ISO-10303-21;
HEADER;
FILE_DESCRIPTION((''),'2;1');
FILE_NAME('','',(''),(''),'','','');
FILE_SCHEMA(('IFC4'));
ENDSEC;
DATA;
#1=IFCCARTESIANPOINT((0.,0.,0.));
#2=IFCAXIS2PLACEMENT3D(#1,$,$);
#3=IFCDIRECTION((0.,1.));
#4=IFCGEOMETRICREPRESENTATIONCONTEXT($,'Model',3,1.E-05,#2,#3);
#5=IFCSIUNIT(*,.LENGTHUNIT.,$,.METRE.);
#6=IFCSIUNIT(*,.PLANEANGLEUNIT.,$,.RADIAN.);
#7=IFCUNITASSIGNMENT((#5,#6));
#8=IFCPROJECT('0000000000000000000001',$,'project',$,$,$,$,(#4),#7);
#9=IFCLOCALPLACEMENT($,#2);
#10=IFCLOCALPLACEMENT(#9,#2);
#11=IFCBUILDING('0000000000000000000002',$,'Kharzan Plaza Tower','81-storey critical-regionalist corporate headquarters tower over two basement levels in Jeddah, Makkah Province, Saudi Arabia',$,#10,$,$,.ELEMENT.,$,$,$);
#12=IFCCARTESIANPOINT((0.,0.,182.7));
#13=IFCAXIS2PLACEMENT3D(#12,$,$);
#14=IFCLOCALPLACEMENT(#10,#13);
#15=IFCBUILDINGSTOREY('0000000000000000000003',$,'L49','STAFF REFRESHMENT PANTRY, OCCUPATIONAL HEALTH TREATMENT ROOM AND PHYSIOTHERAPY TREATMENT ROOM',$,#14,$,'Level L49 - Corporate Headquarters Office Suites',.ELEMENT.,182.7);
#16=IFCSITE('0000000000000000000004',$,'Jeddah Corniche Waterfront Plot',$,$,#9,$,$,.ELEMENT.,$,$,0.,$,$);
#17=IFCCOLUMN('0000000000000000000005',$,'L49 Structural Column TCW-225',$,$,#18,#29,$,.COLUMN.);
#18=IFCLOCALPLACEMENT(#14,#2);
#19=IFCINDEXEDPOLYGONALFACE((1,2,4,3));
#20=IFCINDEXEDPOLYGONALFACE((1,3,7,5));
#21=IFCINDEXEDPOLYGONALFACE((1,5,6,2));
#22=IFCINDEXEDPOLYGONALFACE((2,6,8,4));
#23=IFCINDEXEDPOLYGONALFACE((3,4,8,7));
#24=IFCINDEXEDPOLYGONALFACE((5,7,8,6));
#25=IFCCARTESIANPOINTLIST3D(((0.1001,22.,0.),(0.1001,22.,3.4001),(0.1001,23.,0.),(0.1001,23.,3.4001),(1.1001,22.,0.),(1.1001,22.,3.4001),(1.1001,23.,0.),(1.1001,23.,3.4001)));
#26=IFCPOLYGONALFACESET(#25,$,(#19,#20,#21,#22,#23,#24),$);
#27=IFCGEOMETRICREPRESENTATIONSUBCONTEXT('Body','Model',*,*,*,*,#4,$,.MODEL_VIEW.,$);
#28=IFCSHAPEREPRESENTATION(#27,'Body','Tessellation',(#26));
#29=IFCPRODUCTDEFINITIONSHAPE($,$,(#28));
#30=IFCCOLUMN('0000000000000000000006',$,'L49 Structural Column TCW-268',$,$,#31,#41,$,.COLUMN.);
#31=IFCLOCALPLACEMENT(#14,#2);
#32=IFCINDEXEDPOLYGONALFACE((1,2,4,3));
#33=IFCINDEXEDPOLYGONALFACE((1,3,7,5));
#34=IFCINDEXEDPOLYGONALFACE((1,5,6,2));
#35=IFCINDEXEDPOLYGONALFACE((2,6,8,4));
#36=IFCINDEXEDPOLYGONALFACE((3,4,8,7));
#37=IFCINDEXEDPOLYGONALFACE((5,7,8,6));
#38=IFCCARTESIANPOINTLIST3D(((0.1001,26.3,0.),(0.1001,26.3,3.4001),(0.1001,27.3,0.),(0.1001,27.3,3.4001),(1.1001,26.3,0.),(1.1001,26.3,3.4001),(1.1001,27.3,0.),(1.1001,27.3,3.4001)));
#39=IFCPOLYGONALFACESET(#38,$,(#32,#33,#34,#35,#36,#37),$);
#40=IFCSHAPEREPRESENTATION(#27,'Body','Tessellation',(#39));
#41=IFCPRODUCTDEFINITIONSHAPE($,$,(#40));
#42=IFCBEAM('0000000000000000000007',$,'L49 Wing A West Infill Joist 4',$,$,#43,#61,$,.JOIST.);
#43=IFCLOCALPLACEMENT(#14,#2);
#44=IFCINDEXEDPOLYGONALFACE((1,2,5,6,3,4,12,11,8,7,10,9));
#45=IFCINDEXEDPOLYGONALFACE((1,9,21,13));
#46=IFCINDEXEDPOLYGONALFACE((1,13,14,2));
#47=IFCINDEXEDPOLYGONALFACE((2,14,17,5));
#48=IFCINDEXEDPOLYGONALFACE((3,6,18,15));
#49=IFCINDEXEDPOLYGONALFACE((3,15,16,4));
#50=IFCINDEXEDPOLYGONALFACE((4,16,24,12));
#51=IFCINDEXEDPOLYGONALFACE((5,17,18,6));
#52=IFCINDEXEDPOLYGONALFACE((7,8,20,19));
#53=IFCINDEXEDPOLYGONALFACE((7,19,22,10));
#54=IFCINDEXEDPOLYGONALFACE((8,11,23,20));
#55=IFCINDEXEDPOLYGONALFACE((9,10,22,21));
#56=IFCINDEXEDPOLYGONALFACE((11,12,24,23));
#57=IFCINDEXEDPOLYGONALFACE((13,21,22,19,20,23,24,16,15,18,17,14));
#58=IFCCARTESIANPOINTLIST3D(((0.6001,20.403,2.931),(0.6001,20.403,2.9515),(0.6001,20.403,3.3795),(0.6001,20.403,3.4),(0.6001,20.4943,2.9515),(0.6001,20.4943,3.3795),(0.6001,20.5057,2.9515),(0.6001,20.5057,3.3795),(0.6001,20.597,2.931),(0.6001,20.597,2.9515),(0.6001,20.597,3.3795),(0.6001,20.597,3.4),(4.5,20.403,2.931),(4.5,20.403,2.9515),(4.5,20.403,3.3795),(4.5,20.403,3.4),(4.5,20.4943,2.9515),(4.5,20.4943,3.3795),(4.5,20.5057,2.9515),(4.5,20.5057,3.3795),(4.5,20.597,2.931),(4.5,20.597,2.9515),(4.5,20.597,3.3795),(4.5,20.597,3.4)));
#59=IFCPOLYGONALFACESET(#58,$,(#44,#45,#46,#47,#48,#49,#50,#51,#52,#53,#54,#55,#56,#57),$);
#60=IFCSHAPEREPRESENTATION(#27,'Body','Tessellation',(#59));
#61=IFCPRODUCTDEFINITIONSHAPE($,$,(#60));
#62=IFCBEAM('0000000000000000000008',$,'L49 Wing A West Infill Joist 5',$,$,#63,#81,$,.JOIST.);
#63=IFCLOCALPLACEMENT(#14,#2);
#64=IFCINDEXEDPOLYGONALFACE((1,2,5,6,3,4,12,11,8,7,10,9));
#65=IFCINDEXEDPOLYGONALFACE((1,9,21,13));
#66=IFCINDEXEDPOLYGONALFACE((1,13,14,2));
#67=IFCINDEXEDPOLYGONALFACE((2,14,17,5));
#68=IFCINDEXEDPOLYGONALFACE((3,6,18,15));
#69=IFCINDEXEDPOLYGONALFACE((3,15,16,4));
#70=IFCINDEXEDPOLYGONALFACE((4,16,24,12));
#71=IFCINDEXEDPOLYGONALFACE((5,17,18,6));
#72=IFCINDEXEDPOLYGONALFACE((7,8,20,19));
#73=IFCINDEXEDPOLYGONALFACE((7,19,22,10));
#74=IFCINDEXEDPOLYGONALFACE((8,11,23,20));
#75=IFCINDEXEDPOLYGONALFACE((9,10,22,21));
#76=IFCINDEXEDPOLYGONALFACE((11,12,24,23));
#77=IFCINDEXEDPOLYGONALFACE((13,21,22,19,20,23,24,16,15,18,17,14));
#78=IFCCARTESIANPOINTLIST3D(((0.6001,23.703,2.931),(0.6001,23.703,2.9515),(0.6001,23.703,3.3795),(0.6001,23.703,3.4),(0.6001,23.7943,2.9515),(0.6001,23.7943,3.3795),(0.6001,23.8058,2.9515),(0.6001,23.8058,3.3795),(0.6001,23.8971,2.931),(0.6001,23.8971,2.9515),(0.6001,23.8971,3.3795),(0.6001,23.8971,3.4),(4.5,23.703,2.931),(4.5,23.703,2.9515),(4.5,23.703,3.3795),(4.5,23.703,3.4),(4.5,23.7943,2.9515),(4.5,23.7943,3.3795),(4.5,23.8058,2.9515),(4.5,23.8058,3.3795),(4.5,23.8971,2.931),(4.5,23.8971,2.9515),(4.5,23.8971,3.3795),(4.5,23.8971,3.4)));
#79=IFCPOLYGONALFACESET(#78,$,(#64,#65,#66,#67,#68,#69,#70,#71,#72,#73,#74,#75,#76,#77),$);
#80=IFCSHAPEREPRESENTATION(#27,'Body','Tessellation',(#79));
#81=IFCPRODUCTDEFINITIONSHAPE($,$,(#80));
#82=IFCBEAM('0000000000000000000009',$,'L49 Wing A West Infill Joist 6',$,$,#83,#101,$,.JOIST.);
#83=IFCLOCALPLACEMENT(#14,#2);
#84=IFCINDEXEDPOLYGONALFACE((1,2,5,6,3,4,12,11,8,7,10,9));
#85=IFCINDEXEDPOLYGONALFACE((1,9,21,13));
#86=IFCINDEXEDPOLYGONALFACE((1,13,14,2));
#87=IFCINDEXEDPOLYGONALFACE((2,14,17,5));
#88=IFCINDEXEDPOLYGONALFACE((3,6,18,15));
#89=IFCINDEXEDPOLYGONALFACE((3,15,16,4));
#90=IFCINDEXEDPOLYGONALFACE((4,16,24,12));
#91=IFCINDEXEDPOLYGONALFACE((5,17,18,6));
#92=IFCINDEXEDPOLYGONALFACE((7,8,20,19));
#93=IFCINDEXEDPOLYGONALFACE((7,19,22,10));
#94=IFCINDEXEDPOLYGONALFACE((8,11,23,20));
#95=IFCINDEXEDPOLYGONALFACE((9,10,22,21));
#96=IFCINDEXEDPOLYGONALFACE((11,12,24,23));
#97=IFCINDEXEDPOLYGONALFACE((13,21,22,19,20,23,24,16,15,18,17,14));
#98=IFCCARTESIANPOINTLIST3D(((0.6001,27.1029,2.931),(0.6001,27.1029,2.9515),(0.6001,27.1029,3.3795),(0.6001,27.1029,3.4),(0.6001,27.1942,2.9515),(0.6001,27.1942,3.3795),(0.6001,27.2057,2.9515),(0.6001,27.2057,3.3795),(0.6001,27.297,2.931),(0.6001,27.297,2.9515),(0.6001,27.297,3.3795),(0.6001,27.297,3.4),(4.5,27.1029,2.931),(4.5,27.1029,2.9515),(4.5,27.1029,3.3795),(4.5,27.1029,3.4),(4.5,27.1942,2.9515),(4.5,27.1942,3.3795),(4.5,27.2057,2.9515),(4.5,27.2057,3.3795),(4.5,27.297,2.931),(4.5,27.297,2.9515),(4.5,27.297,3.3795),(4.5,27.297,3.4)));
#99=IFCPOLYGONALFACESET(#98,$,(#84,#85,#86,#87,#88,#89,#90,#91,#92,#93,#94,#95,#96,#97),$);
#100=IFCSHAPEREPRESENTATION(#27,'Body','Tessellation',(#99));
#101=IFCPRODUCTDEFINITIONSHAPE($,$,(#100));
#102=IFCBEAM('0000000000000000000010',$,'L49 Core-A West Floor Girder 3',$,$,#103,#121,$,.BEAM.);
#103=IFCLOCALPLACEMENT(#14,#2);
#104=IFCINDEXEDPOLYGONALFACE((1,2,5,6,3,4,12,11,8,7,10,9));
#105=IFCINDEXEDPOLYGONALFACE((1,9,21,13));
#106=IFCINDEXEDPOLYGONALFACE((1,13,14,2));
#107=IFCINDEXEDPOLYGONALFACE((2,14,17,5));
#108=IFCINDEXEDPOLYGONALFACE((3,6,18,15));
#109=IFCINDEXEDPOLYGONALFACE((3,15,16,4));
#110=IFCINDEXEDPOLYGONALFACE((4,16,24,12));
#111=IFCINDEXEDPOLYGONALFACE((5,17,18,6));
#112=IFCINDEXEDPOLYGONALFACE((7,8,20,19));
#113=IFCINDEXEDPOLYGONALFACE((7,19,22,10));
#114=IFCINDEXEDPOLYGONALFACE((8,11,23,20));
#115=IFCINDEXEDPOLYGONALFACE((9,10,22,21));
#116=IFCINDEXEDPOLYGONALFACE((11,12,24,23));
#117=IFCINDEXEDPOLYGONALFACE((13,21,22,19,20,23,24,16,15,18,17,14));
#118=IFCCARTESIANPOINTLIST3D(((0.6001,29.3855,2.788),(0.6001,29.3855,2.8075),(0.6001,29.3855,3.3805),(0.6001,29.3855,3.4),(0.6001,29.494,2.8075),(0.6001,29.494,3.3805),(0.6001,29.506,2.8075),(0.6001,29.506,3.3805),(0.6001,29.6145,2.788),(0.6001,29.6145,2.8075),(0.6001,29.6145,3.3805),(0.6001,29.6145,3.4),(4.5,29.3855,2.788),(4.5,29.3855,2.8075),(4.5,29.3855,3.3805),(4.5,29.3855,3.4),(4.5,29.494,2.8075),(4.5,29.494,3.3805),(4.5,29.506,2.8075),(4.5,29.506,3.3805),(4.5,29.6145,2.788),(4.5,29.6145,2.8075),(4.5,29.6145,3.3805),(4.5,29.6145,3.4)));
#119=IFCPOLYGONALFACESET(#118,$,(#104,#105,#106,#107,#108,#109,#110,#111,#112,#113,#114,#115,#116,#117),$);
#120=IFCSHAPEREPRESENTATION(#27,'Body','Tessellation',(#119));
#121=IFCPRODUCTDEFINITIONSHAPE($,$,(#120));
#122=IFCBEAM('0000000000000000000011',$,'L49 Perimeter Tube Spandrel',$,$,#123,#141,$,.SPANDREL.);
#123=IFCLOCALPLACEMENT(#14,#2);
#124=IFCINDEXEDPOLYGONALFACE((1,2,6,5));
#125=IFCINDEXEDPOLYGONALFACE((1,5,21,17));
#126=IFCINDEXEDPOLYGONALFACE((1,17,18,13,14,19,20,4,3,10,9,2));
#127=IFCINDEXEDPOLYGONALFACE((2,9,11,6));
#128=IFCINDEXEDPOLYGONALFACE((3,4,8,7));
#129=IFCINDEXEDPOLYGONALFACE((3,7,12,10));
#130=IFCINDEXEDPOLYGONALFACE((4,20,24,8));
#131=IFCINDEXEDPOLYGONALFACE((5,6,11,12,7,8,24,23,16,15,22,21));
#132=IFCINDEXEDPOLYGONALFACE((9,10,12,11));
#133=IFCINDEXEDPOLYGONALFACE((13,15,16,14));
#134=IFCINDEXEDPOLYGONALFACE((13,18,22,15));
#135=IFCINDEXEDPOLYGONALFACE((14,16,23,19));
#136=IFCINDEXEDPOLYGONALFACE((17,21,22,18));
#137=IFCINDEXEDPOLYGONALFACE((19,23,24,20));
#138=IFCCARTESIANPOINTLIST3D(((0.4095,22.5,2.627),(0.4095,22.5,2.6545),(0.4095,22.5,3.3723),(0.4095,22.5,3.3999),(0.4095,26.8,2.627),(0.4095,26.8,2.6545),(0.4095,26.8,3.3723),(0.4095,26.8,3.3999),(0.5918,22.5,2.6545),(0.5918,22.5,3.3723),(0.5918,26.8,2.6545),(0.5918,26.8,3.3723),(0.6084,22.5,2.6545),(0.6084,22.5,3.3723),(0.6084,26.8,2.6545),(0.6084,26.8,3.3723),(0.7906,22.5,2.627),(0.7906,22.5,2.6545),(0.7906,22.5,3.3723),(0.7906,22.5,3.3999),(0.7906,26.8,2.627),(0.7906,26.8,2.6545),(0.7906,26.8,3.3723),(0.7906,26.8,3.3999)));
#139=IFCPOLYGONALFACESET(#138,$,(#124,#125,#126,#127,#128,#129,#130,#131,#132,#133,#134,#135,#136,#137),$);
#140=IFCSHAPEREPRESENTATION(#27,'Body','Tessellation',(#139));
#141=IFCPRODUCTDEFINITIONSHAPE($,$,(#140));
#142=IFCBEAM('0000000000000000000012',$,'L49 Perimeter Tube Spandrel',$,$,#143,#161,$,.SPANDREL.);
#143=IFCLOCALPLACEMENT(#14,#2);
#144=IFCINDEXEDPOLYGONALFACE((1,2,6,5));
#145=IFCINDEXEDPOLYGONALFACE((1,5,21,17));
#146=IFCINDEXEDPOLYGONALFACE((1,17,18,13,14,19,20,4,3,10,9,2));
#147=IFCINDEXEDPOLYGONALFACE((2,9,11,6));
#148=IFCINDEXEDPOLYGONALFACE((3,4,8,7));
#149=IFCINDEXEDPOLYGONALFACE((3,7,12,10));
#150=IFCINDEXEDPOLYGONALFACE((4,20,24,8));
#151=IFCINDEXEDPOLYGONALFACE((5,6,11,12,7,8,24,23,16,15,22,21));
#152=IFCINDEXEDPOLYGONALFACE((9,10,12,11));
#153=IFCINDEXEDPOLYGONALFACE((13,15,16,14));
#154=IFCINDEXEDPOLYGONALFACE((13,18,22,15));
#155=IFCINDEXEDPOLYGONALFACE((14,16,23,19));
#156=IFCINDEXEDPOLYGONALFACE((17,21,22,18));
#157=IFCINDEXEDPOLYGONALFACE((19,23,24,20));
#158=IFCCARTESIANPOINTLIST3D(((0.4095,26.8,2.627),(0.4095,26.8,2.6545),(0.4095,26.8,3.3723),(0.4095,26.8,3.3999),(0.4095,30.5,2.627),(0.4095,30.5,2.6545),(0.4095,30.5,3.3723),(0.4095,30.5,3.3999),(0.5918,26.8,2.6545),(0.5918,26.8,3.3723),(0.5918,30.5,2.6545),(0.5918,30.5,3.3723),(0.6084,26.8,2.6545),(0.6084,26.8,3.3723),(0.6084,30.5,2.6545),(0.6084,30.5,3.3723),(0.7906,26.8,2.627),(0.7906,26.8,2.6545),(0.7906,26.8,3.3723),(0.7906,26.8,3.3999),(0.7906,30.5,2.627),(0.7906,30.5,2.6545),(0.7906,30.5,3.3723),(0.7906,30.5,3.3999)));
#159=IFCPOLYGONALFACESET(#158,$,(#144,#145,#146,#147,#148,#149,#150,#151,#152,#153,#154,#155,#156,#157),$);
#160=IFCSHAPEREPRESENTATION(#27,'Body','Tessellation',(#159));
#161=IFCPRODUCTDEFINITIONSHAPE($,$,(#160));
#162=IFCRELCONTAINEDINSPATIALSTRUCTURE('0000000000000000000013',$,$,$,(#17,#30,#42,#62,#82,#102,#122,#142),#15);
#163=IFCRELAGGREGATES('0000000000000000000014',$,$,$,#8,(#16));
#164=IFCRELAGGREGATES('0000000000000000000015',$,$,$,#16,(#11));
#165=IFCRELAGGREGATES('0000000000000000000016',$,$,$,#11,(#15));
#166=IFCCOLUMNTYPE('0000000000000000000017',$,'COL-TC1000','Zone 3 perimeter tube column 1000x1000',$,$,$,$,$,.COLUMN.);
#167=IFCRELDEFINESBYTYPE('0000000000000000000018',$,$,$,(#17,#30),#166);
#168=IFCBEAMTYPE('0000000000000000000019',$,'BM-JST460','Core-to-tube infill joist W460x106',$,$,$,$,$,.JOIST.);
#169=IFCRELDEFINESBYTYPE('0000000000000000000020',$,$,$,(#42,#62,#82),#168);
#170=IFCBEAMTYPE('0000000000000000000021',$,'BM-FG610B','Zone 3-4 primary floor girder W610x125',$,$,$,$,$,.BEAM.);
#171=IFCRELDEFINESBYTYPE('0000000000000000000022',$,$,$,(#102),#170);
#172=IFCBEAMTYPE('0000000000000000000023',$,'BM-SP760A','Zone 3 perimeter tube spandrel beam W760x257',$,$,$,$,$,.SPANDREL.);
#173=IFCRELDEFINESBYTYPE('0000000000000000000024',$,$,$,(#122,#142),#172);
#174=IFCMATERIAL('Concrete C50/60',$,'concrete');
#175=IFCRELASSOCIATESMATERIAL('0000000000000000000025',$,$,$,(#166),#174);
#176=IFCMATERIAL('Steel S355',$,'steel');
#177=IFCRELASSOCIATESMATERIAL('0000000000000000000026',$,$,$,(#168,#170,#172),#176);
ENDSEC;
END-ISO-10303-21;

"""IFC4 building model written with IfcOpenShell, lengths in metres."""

from ifc_helpers import new_model, si_unit, direction, frame, origin, origin_2d, place, context, subcontext, project, spatial, rectangle, i_section, extrude, source, transform, mapped, material, material_profile, profile_set, type_object, element, save


model = new_model("IFC4")

# Units and contexts
model_context = context("Model", 3, precision=1e-05, world=origin(), true_north=direction((0.0, 1.0)))
body_context = subcontext(model_context, "Body", "Model", "MODEL_VIEW")
ifc_project = project(units=[si_unit("LENGTHUNIT", "METRE"), si_unit("PLANEANGLEUNIT", "RADIAN")], contexts=[model_context])

# Site, building, storey
site_placement = place(None, origin())
site = spatial("IfcSite", under=ifc_project, at=site_placement, Name="Jeddah Corniche Waterfront Plot", CompositionType="ELEMENT", RefElevation=0.0)
building_placement = place(site_placement, origin())
building = spatial("IfcBuilding", under=site, at=building_placement, Name="Kharzan Plaza Tower", Description="81-storey critical-regionalist corporate headquarters tower over two basement levels in Jeddah, Makkah Province, Saudi Arabia", CompositionType="ELEMENT")
storey_placement = place(building_placement, frame((0.0, 0.0, 182.7)))
storey = spatial("IfcBuildingStorey", under=building, at=storey_placement, Name="L49", Description="STAFF REFRESHMENT PANTRY, OCCUPATIONAL HEALTH TREATMENT ROOM AND PHYSIOTHERAPY TREATMENT ROOM", LongName="Level L49 - Corporate Headquarters Office Suites", CompositionType="ELEMENT", Elevation=182.7)

# Columns
ifc_material_1 = material(Name="Concrete C50/60", Category="concrete")
ifc_material_profile_1 = material_profile(ifc_material_1, rectangle(XDim=1.0, YDim=1.0, at=origin_2d()), Name="RC-TC1000x1000")
ifc_profile_set_1 = profile_set([ifc_material_profile_1], Name="Concrete C50/60")
column_type = type_object("IfcColumnType", Name="COL-TC1000", Description="Zone 3 perimeter tube column 1000x1000", PredefinedType="COLUMN", material=ifc_profile_set_1)
shared_shape_1 = source(origin(), body_context, "Body", "SweptSolid", [
    extrude(rectangle(XDim=1.0, YDim=1.0, at=origin_2d()), origin(), (0.0, 0.0, 1.0), 3.4001),
])
for number, where, z_axis, x_axis, name in (
    (1, (0.6001, 22.5, 0.0), (0.0, 0.0, 1.0), (1.0, 0.0, 0.0), "L49 Structural Column TCW-225"),
    (2, (0.6001, 26.8, 0.0), (0.0, 0.0, 1.0), (1.0, 0.0, 0.0), "L49 Structural Column TCW-268"),
):
    element("IfcColumn", number, at=place(storey_placement, frame(where, z_axis=z_axis, x_axis=x_axis)), inside=storey, type_object=column_type, Name=name, PredefinedType="COLUMN", context=body_context, shape_type="MappedRepresentation", body=[
        mapped(shared_shape_1, transform((0.0, 0.0, 0.0), x_axis=(1.0, 0.0, 0.0), y_axis=(0.0, 1.0, 0.0), z_axis=(0.0, 0.0, 1.0))),
    ])

# Beams
ifc_material_2 = material(Name="Steel S355", Category="steel")
ifc_material_profile_2 = material_profile(ifc_material_2, i_section(OverallWidth=0.1941, OverallDepth=0.469, WebThickness=0.0115, FlangeThickness=0.0205, at=origin_2d()), Name="W460x106")
ifc_profile_set_2 = profile_set([ifc_material_profile_2], Name="Steel S355")
beam_type_1 = type_object("IfcBeamType", Name="BM-JST460", Description="Core-to-tube infill joist W460x106", PredefinedType="JOIST", material=ifc_profile_set_2)
shared_shape_2 = source(origin(), body_context, "Body", "SweptSolid", [
    extrude(i_section(OverallWidth=0.1941, OverallDepth=0.469, WebThickness=0.0115, FlangeThickness=0.0205, at=origin_2d()), origin(), (0.0, 0.0, 1.0), 3.8999),
])
for number, where, z_axis, x_axis, name in (
    (3, (0.6001, 20.5, 3.1655), (1.0, 0.0, 0.0), (0.0, 1.0, 0.0), "L49 Wing A West Infill Joist 4"),
    (4, (0.6001, 23.8, 3.1655), (1.0, 0.0, 0.0), (0.0, 1.0, 0.0), "L49 Wing A West Infill Joist 5"),
    (5, (0.6001, 27.2, 3.1655), (1.0, 0.0, 0.0), (0.0, 1.0, 0.0), "L49 Wing A West Infill Joist 6"),
):
    element("IfcBeam", number, at=place(storey_placement, frame(where, z_axis=z_axis, x_axis=x_axis)), inside=storey, type_object=beam_type_1, Name=name, PredefinedType="JOIST", context=body_context, shape_type="MappedRepresentation", body=[
        mapped(shared_shape_2, transform((0.0, 0.0, 0.0), x_axis=(1.0, 0.0, 0.0), y_axis=(0.0, 1.0, 0.0), z_axis=(0.0, 0.0, 1.0))),
    ])
ifc_material_profile_3 = material_profile(ifc_material_2, i_section(OverallWidth=0.229, OverallDepth=0.6121, WebThickness=0.012, FlangeThickness=0.0195, at=origin_2d()), Name="W610x125")
ifc_profile_set_3 = profile_set([ifc_material_profile_3], Name="Steel S355")
beam_type_2 = type_object("IfcBeamType", Name="BM-FG610B", Description="Zone 3-4 primary floor girder W610x125", PredefinedType="BEAM", material=ifc_profile_set_3)
shared_shape_3 = source(origin(), body_context, "Body", "SweptSolid", [
    extrude(i_section(OverallWidth=0.229, OverallDepth=0.6121, WebThickness=0.012, FlangeThickness=0.0195, at=origin_2d()), origin(), (0.0, 0.0, 1.0), 3.8999),
])
beam_1_placement = place(storey_placement, frame((0.6001, 29.5, 3.094), z_axis=(1.0, 0.0, 0.0), x_axis=(0.0, 1.0, 0.0)))
element("IfcBeam", 6, at=beam_1_placement, inside=storey, type_object=beam_type_2, Name="L49 Core-A West Floor Girder 3", PredefinedType="BEAM", context=body_context, shape_type="MappedRepresentation", body=[
    mapped(shared_shape_3, transform((0.0, 0.0, 0.0), x_axis=(1.0, 0.0, 0.0), y_axis=(0.0, 1.0, 0.0), z_axis=(0.0, 0.0, 1.0))),
])
ifc_material_profile_4 = material_profile(ifc_material_2, i_section(OverallWidth=0.3811, OverallDepth=0.7729, WebThickness=0.0166, FlangeThickness=0.0276, at=origin_2d()), Name="W760x257")
ifc_profile_set_4 = profile_set([ifc_material_profile_4], Name="Steel S355")
beam_type_3 = type_object("IfcBeamType", Name="BM-SP760A", Description="Zone 3 perimeter tube spandrel beam W760x257", PredefinedType="SPANDREL", material=ifc_profile_set_4)
shared_shape_4 = source(origin(), body_context, "Body", "SweptSolid", [
    extrude(i_section(OverallWidth=0.3811, OverallDepth=0.7729, WebThickness=0.0166, FlangeThickness=0.0276, at=origin_2d()), origin(), (0.0, 0.0, 1.0), 4.3),
])
beam_2_placement = place(storey_placement, frame((0.6001, 22.5, 3.0134), z_axis=(0.0, 1.0, 0.0), x_axis=(-1.0, 0.0, 0.0)))
element("IfcBeam", 7, at=beam_2_placement, inside=storey, type_object=beam_type_3, Name="L49 Perimeter Tube Spandrel", PredefinedType="SPANDREL", context=body_context, shape_type="MappedRepresentation", body=[
    mapped(shared_shape_4, transform((0.0, 0.0, 0.0), x_axis=(1.0, 0.0, 0.0), y_axis=(0.0, 1.0, 0.0), z_axis=(0.0, 0.0, 1.0))),
])
shared_shape_5 = source(origin(), body_context, "Body", "SweptSolid", [
    extrude(i_section(OverallWidth=0.3811, OverallDepth=0.7729, WebThickness=0.0166, FlangeThickness=0.0276, at=origin_2d()), origin(), (0.0, 0.0, 1.0), 3.7),
])
beam_3_placement = place(storey_placement, frame((0.6001, 26.8, 3.0134), z_axis=(0.0, 1.0, 0.0), x_axis=(-1.0, 0.0, 0.0)))
element("IfcBeam", 8, at=beam_3_placement, inside=storey, type_object=beam_type_3, Name="L49 Perimeter Tube Spandrel", PredefinedType="SPANDREL", context=body_context, shape_type="MappedRepresentation", body=[
    mapped(shared_shape_5, transform((0.0, 0.0, 0.0), x_axis=(1.0, 0.0, 0.0), y_axis=(0.0, 1.0, 0.0), z_axis=(0.0, 0.0, 1.0))),
])

save(model, "model.ifc")
